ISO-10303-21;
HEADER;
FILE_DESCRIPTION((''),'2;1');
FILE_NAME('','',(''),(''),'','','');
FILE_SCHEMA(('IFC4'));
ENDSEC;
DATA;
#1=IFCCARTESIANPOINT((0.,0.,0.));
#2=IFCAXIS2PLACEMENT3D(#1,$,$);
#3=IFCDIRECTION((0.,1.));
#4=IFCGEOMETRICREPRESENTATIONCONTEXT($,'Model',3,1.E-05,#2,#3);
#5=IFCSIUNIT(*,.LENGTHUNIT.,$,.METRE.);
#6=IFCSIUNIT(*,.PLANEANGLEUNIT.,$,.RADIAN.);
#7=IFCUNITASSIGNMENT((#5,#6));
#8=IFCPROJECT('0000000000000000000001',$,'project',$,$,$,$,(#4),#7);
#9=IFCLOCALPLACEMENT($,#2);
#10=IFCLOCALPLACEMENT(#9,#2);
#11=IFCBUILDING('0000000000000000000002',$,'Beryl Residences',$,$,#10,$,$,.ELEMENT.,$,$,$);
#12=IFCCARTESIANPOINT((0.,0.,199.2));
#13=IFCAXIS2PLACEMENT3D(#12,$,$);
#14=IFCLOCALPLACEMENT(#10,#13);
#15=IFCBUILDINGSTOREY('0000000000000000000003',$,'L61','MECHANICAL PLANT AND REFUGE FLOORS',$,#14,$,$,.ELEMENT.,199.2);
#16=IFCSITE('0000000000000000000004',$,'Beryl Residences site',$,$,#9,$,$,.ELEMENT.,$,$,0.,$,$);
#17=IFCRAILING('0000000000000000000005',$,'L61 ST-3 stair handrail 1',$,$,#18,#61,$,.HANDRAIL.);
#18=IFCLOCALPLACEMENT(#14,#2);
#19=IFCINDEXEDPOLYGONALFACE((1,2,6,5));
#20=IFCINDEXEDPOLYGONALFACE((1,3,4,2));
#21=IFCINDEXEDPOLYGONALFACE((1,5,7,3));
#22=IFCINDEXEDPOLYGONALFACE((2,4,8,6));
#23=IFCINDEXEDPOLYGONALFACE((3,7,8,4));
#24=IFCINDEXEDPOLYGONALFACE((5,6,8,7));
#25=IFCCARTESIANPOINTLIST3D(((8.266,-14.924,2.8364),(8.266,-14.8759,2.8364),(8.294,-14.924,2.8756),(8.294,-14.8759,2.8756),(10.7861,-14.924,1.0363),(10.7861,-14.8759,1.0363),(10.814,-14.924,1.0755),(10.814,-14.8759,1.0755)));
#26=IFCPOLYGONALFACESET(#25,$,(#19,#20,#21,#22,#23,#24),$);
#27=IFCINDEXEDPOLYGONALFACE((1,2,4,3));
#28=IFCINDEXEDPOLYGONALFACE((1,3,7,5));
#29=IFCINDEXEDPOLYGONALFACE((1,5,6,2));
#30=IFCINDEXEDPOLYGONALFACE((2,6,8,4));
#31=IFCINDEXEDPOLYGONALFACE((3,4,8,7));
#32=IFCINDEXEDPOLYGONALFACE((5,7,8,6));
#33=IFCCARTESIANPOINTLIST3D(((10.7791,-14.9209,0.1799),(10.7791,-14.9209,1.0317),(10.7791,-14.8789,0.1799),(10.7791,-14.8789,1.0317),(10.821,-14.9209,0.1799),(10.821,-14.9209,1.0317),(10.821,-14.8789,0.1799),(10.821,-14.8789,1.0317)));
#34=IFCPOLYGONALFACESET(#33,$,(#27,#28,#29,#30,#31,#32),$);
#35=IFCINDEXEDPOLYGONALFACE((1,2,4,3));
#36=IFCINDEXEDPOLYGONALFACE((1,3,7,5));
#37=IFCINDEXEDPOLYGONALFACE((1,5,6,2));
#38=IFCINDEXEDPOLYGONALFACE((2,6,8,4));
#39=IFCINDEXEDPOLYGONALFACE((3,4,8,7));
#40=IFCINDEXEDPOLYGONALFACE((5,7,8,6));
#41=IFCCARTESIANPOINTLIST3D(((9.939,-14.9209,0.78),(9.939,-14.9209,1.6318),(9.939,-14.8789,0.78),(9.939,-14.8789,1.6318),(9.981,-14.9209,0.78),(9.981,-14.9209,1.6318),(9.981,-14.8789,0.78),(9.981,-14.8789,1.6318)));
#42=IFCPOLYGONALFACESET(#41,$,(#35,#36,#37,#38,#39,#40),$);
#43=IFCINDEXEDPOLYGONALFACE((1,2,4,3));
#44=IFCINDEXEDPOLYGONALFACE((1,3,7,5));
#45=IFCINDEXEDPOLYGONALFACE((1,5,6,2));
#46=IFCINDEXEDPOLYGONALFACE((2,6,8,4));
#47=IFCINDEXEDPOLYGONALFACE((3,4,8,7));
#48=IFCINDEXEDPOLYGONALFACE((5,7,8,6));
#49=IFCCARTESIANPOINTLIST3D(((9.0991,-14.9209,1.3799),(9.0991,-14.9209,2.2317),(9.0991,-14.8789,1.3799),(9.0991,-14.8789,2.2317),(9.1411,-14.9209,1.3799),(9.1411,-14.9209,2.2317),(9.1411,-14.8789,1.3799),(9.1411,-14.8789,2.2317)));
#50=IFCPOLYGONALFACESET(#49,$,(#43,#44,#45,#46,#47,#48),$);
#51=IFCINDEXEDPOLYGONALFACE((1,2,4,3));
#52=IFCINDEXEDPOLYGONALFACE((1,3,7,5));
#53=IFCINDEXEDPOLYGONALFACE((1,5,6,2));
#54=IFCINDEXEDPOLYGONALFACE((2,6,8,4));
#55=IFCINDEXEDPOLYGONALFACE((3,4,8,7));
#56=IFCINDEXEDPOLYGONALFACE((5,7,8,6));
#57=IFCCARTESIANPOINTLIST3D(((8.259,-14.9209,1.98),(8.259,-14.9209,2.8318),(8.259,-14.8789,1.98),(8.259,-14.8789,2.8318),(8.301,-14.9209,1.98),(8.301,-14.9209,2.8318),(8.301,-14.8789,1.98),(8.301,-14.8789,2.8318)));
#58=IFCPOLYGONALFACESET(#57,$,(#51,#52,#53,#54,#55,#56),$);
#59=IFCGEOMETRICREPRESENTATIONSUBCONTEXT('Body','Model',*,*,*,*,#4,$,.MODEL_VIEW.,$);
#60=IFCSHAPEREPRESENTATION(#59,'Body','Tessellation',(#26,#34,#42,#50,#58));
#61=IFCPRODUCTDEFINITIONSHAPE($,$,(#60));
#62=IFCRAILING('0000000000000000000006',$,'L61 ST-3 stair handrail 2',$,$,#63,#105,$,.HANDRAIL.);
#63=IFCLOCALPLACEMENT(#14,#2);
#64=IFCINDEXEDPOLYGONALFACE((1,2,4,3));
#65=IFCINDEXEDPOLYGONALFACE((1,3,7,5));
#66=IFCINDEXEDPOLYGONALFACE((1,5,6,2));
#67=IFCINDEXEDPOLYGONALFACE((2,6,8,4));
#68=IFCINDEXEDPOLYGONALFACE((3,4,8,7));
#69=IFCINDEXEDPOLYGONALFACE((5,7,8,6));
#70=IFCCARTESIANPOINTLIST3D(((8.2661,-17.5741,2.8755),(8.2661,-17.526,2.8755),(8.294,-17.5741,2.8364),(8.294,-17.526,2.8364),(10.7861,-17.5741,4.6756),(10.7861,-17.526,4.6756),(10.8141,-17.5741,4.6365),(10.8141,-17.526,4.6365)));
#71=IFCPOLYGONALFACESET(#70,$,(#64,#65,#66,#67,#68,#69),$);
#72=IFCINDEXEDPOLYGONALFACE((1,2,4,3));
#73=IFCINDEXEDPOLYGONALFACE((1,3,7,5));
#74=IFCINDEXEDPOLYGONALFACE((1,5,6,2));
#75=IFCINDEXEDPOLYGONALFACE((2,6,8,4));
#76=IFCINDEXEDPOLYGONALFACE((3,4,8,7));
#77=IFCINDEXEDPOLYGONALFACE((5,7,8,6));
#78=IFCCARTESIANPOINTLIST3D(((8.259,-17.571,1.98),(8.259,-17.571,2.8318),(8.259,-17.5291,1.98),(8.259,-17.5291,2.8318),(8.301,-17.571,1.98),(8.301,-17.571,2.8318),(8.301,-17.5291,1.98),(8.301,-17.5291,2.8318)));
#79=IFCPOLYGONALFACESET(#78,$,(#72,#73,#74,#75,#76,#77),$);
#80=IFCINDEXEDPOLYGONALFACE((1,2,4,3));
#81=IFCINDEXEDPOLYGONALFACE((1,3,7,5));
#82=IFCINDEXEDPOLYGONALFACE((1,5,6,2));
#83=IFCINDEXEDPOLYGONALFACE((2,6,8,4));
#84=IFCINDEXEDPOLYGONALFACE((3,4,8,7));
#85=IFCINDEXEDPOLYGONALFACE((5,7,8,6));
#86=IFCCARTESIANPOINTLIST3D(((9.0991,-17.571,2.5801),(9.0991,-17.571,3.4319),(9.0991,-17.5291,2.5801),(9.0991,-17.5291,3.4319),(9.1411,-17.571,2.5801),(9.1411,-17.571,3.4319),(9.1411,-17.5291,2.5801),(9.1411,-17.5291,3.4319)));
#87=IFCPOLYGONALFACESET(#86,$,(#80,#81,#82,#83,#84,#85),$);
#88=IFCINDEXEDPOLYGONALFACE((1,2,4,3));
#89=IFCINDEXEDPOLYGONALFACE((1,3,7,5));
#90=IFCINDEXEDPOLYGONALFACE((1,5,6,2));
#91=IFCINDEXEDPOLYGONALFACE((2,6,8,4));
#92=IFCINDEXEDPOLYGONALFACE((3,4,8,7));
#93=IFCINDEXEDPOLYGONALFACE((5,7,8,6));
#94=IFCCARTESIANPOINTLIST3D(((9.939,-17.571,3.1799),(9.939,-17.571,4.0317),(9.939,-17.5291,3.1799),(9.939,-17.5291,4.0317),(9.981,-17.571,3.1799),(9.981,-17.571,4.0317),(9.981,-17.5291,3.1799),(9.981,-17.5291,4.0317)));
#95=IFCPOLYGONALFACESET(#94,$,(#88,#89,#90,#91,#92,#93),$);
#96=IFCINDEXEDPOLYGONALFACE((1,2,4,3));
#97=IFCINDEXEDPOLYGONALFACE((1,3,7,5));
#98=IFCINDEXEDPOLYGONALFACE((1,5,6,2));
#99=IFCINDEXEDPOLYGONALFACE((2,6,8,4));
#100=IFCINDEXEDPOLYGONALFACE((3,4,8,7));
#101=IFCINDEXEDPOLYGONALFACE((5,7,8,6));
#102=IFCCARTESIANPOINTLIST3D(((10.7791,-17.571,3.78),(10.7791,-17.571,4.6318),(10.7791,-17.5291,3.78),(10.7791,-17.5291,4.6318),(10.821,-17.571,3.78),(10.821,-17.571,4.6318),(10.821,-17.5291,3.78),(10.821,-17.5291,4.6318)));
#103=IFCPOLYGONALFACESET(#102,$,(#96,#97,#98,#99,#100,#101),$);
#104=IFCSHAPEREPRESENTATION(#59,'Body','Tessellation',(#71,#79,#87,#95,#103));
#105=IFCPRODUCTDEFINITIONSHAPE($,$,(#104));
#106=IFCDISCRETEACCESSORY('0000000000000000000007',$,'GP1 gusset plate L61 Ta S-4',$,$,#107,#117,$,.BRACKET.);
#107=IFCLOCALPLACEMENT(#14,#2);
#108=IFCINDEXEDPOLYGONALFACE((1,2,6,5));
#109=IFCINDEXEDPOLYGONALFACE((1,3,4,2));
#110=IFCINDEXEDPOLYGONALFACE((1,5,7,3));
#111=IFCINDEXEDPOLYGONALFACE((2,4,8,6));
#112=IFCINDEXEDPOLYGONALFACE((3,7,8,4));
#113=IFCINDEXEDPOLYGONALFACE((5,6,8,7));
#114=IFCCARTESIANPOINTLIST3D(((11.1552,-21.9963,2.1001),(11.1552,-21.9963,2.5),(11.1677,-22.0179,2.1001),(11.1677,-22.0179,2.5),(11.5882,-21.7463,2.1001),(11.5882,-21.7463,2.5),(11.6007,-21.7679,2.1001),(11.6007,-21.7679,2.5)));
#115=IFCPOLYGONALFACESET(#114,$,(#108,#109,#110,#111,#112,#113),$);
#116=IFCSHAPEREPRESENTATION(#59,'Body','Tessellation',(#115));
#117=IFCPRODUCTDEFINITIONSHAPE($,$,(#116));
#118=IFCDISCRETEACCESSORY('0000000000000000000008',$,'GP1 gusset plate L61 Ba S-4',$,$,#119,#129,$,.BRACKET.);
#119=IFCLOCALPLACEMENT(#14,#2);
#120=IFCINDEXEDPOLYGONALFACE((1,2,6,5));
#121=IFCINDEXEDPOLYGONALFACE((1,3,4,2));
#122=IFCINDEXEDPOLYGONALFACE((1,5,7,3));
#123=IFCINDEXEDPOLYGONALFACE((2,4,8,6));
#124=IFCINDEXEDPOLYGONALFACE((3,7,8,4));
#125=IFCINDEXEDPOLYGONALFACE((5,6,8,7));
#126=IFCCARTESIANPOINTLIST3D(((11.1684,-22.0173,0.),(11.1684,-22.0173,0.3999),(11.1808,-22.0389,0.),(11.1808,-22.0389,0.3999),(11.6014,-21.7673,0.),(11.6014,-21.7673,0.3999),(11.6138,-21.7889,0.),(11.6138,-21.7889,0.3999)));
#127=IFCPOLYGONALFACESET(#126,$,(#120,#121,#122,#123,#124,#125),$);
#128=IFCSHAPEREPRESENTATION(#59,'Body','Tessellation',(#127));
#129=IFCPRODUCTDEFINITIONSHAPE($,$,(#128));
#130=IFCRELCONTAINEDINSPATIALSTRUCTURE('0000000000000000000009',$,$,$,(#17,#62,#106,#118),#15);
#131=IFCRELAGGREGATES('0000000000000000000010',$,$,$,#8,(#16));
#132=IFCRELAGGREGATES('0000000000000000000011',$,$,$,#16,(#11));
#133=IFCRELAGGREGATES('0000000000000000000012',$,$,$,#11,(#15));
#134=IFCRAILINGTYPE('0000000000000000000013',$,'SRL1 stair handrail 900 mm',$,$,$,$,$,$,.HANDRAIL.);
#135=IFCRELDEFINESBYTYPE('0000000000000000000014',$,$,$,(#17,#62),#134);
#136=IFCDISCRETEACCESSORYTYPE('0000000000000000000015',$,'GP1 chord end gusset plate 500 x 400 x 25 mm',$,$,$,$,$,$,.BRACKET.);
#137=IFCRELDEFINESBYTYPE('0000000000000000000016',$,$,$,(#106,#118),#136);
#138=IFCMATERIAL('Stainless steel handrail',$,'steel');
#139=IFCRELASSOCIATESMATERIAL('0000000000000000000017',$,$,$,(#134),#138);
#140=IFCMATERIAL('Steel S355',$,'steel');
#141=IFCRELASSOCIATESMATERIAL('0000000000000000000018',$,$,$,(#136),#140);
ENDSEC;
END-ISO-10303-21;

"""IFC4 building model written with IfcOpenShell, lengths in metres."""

from ifc_helpers import new_model, si_unit, direction, frame, origin, origin_2d, place, context, subcontext, project, spatial, rectangle, extrude, material, type_object, element, save


model = new_model("IFC4")

# Units and contexts
model_context = context("Model", 3, precision=1e-05, world=origin(), true_north=direction((0.0, 1.0)))
body_context = subcontext(model_context, "Body", "Model", "MODEL_VIEW")
ifc_project = project(units=[si_unit("LENGTHUNIT", "METRE"), si_unit("PLANEANGLEUNIT", "RADIAN")], contexts=[model_context])

# Site, building, storey
site_placement = place(None, origin())
site = spatial("IfcSite", under=ifc_project, at=site_placement, Name="Beryl Residences site", CompositionType="ELEMENT", RefElevation=0.0)
building_placement = place(site_placement, origin())
building = spatial("IfcBuilding", under=site, at=building_placement, Name="Beryl Residences", CompositionType="ELEMENT")
storey_placement = place(building_placement, frame((0.0, 0.0, 199.2)))
storey = spatial("IfcBuildingStorey", under=building, at=storey_placement, Name="L61", Description="MECHANICAL PLANT AND REFUGE FLOORS", CompositionType="ELEMENT", Elevation=199.2)

# Railings
ifc_material_1 = material(Name="Stainless steel handrail", Category="steel")
railing_type_1 = type_object("IfcRailingType", Name="SRL1 stair handrail 900 mm", PredefinedType="HANDRAIL", material=ifc_material_1)
railing_1_placement = place(storey_placement, frame((10.8, -14.8999, 0.1799)))
element("IfcRailing", 1, at=railing_1_placement, inside=storey, type_object=railing_type_1, Name="L61 ST-3 stair handrail 1", PredefinedType="HANDRAIL", context=body_context, shape_type="SweptSolid", body=[
    extrude(rectangle(XDim=0.0481, YDim=0.0481, at=origin_2d()), frame((0.0, 0.0, 0.876), z_axis=(-0.813728, 0.0, 0.581246), x_axis=(0.0, -1.0, 0.0)), (0.0, 0.0, 1.0), 3.0969),
    extrude(rectangle(XDim=0.042, YDim=0.042, at=origin_2d()), origin(), (0.0, 0.0, 1.0), 0.8518),
    extrude(rectangle(XDim=0.042, YDim=0.042, at=origin_2d()), frame((-0.8401, 0.0, 0.6001)), (0.0, 0.0, 1.0), 0.8518),
    extrude(rectangle(XDim=0.042, YDim=0.042, at=origin_2d()), frame((-1.6799, 0.0, 1.2)), (0.0, 0.0, 1.0), 0.8518),
    extrude(rectangle(XDim=0.042, YDim=0.042, at=origin_2d()), frame((-2.52, 0.0, 1.8)), (0.0, 0.0, 1.0), 0.8518),
])
railing_2_placement = place(storey_placement, frame((8.28, -17.55, 1.98)))
element("IfcRailing", 2, at=railing_2_placement, inside=storey, type_object=railing_type_1, Name="L61 ST-3 stair handrail 2", PredefinedType="HANDRAIL", context=body_context, shape_type="SweptSolid", body=[
    extrude(rectangle(XDim=0.0481, YDim=0.0481, at=origin_2d()), frame((0.0, 0.0, 0.876), z_axis=(0.813728, 0.0, 0.581246), x_axis=(0.0, 1.0, 0.0)), (0.0, 0.0, 1.0), 3.0969),
    extrude(rectangle(XDim=0.042, YDim=0.042, at=origin_2d()), origin(), (0.0, 0.0, 1.0), 0.8518),
    extrude(rectangle(XDim=0.042, YDim=0.042, at=origin_2d()), frame((0.8401, 0.0, 0.6001)), (0.0, 0.0, 1.0), 0.8518),
    extrude(rectangle(XDim=0.042, YDim=0.042, at=origin_2d()), frame((1.6799, 0.0, 1.2)), (0.0, 0.0, 1.0), 0.8518),
    extrude(rectangle(XDim=0.042, YDim=0.042, at=origin_2d()), frame((2.52, 0.0, 1.8)), (0.0, 0.0, 1.0), 0.8518),
])

# Discrete accessories
ifc_material_2 = material(Name="Steel S355", Category="steel")
discrete_accessory_type = type_object("IfcDiscreteAccessoryType", Name="GP1 chord end gusset plate 500 x 400 x 25 mm", PredefinedType="BRACKET", material=ifc_material_2)
for number, where, z_axis, x_axis, name in (
    (3, (11.3779, -21.8821, 2.1001), (0.0, 0.0, 1.0), (0.866005, 0.500035, 0.0), "GP1 gusset plate L61 Ta S-4"),
    (4, (11.3911, -21.9031, 0.0), (0.0, 0.0, 1.0), (0.866005, 0.500035, 0.0), "GP1 gusset plate L61 Ba S-4"),
):
    element("IfcDiscreteAccessory", number, at=place(storey_placement, frame(where, z_axis=z_axis, x_axis=x_axis)), inside=storey, type_object=discrete_accessory_type, Name=name, PredefinedType="BRACKET", context=body_context, shape_type="SweptSolid", body=[
        extrude(rectangle(XDim=0.5, YDim=0.0249, at=origin_2d()), origin(), (0.0, 0.0, 1.0), 0.3999),
    ])

save(model, "model.ifc")
